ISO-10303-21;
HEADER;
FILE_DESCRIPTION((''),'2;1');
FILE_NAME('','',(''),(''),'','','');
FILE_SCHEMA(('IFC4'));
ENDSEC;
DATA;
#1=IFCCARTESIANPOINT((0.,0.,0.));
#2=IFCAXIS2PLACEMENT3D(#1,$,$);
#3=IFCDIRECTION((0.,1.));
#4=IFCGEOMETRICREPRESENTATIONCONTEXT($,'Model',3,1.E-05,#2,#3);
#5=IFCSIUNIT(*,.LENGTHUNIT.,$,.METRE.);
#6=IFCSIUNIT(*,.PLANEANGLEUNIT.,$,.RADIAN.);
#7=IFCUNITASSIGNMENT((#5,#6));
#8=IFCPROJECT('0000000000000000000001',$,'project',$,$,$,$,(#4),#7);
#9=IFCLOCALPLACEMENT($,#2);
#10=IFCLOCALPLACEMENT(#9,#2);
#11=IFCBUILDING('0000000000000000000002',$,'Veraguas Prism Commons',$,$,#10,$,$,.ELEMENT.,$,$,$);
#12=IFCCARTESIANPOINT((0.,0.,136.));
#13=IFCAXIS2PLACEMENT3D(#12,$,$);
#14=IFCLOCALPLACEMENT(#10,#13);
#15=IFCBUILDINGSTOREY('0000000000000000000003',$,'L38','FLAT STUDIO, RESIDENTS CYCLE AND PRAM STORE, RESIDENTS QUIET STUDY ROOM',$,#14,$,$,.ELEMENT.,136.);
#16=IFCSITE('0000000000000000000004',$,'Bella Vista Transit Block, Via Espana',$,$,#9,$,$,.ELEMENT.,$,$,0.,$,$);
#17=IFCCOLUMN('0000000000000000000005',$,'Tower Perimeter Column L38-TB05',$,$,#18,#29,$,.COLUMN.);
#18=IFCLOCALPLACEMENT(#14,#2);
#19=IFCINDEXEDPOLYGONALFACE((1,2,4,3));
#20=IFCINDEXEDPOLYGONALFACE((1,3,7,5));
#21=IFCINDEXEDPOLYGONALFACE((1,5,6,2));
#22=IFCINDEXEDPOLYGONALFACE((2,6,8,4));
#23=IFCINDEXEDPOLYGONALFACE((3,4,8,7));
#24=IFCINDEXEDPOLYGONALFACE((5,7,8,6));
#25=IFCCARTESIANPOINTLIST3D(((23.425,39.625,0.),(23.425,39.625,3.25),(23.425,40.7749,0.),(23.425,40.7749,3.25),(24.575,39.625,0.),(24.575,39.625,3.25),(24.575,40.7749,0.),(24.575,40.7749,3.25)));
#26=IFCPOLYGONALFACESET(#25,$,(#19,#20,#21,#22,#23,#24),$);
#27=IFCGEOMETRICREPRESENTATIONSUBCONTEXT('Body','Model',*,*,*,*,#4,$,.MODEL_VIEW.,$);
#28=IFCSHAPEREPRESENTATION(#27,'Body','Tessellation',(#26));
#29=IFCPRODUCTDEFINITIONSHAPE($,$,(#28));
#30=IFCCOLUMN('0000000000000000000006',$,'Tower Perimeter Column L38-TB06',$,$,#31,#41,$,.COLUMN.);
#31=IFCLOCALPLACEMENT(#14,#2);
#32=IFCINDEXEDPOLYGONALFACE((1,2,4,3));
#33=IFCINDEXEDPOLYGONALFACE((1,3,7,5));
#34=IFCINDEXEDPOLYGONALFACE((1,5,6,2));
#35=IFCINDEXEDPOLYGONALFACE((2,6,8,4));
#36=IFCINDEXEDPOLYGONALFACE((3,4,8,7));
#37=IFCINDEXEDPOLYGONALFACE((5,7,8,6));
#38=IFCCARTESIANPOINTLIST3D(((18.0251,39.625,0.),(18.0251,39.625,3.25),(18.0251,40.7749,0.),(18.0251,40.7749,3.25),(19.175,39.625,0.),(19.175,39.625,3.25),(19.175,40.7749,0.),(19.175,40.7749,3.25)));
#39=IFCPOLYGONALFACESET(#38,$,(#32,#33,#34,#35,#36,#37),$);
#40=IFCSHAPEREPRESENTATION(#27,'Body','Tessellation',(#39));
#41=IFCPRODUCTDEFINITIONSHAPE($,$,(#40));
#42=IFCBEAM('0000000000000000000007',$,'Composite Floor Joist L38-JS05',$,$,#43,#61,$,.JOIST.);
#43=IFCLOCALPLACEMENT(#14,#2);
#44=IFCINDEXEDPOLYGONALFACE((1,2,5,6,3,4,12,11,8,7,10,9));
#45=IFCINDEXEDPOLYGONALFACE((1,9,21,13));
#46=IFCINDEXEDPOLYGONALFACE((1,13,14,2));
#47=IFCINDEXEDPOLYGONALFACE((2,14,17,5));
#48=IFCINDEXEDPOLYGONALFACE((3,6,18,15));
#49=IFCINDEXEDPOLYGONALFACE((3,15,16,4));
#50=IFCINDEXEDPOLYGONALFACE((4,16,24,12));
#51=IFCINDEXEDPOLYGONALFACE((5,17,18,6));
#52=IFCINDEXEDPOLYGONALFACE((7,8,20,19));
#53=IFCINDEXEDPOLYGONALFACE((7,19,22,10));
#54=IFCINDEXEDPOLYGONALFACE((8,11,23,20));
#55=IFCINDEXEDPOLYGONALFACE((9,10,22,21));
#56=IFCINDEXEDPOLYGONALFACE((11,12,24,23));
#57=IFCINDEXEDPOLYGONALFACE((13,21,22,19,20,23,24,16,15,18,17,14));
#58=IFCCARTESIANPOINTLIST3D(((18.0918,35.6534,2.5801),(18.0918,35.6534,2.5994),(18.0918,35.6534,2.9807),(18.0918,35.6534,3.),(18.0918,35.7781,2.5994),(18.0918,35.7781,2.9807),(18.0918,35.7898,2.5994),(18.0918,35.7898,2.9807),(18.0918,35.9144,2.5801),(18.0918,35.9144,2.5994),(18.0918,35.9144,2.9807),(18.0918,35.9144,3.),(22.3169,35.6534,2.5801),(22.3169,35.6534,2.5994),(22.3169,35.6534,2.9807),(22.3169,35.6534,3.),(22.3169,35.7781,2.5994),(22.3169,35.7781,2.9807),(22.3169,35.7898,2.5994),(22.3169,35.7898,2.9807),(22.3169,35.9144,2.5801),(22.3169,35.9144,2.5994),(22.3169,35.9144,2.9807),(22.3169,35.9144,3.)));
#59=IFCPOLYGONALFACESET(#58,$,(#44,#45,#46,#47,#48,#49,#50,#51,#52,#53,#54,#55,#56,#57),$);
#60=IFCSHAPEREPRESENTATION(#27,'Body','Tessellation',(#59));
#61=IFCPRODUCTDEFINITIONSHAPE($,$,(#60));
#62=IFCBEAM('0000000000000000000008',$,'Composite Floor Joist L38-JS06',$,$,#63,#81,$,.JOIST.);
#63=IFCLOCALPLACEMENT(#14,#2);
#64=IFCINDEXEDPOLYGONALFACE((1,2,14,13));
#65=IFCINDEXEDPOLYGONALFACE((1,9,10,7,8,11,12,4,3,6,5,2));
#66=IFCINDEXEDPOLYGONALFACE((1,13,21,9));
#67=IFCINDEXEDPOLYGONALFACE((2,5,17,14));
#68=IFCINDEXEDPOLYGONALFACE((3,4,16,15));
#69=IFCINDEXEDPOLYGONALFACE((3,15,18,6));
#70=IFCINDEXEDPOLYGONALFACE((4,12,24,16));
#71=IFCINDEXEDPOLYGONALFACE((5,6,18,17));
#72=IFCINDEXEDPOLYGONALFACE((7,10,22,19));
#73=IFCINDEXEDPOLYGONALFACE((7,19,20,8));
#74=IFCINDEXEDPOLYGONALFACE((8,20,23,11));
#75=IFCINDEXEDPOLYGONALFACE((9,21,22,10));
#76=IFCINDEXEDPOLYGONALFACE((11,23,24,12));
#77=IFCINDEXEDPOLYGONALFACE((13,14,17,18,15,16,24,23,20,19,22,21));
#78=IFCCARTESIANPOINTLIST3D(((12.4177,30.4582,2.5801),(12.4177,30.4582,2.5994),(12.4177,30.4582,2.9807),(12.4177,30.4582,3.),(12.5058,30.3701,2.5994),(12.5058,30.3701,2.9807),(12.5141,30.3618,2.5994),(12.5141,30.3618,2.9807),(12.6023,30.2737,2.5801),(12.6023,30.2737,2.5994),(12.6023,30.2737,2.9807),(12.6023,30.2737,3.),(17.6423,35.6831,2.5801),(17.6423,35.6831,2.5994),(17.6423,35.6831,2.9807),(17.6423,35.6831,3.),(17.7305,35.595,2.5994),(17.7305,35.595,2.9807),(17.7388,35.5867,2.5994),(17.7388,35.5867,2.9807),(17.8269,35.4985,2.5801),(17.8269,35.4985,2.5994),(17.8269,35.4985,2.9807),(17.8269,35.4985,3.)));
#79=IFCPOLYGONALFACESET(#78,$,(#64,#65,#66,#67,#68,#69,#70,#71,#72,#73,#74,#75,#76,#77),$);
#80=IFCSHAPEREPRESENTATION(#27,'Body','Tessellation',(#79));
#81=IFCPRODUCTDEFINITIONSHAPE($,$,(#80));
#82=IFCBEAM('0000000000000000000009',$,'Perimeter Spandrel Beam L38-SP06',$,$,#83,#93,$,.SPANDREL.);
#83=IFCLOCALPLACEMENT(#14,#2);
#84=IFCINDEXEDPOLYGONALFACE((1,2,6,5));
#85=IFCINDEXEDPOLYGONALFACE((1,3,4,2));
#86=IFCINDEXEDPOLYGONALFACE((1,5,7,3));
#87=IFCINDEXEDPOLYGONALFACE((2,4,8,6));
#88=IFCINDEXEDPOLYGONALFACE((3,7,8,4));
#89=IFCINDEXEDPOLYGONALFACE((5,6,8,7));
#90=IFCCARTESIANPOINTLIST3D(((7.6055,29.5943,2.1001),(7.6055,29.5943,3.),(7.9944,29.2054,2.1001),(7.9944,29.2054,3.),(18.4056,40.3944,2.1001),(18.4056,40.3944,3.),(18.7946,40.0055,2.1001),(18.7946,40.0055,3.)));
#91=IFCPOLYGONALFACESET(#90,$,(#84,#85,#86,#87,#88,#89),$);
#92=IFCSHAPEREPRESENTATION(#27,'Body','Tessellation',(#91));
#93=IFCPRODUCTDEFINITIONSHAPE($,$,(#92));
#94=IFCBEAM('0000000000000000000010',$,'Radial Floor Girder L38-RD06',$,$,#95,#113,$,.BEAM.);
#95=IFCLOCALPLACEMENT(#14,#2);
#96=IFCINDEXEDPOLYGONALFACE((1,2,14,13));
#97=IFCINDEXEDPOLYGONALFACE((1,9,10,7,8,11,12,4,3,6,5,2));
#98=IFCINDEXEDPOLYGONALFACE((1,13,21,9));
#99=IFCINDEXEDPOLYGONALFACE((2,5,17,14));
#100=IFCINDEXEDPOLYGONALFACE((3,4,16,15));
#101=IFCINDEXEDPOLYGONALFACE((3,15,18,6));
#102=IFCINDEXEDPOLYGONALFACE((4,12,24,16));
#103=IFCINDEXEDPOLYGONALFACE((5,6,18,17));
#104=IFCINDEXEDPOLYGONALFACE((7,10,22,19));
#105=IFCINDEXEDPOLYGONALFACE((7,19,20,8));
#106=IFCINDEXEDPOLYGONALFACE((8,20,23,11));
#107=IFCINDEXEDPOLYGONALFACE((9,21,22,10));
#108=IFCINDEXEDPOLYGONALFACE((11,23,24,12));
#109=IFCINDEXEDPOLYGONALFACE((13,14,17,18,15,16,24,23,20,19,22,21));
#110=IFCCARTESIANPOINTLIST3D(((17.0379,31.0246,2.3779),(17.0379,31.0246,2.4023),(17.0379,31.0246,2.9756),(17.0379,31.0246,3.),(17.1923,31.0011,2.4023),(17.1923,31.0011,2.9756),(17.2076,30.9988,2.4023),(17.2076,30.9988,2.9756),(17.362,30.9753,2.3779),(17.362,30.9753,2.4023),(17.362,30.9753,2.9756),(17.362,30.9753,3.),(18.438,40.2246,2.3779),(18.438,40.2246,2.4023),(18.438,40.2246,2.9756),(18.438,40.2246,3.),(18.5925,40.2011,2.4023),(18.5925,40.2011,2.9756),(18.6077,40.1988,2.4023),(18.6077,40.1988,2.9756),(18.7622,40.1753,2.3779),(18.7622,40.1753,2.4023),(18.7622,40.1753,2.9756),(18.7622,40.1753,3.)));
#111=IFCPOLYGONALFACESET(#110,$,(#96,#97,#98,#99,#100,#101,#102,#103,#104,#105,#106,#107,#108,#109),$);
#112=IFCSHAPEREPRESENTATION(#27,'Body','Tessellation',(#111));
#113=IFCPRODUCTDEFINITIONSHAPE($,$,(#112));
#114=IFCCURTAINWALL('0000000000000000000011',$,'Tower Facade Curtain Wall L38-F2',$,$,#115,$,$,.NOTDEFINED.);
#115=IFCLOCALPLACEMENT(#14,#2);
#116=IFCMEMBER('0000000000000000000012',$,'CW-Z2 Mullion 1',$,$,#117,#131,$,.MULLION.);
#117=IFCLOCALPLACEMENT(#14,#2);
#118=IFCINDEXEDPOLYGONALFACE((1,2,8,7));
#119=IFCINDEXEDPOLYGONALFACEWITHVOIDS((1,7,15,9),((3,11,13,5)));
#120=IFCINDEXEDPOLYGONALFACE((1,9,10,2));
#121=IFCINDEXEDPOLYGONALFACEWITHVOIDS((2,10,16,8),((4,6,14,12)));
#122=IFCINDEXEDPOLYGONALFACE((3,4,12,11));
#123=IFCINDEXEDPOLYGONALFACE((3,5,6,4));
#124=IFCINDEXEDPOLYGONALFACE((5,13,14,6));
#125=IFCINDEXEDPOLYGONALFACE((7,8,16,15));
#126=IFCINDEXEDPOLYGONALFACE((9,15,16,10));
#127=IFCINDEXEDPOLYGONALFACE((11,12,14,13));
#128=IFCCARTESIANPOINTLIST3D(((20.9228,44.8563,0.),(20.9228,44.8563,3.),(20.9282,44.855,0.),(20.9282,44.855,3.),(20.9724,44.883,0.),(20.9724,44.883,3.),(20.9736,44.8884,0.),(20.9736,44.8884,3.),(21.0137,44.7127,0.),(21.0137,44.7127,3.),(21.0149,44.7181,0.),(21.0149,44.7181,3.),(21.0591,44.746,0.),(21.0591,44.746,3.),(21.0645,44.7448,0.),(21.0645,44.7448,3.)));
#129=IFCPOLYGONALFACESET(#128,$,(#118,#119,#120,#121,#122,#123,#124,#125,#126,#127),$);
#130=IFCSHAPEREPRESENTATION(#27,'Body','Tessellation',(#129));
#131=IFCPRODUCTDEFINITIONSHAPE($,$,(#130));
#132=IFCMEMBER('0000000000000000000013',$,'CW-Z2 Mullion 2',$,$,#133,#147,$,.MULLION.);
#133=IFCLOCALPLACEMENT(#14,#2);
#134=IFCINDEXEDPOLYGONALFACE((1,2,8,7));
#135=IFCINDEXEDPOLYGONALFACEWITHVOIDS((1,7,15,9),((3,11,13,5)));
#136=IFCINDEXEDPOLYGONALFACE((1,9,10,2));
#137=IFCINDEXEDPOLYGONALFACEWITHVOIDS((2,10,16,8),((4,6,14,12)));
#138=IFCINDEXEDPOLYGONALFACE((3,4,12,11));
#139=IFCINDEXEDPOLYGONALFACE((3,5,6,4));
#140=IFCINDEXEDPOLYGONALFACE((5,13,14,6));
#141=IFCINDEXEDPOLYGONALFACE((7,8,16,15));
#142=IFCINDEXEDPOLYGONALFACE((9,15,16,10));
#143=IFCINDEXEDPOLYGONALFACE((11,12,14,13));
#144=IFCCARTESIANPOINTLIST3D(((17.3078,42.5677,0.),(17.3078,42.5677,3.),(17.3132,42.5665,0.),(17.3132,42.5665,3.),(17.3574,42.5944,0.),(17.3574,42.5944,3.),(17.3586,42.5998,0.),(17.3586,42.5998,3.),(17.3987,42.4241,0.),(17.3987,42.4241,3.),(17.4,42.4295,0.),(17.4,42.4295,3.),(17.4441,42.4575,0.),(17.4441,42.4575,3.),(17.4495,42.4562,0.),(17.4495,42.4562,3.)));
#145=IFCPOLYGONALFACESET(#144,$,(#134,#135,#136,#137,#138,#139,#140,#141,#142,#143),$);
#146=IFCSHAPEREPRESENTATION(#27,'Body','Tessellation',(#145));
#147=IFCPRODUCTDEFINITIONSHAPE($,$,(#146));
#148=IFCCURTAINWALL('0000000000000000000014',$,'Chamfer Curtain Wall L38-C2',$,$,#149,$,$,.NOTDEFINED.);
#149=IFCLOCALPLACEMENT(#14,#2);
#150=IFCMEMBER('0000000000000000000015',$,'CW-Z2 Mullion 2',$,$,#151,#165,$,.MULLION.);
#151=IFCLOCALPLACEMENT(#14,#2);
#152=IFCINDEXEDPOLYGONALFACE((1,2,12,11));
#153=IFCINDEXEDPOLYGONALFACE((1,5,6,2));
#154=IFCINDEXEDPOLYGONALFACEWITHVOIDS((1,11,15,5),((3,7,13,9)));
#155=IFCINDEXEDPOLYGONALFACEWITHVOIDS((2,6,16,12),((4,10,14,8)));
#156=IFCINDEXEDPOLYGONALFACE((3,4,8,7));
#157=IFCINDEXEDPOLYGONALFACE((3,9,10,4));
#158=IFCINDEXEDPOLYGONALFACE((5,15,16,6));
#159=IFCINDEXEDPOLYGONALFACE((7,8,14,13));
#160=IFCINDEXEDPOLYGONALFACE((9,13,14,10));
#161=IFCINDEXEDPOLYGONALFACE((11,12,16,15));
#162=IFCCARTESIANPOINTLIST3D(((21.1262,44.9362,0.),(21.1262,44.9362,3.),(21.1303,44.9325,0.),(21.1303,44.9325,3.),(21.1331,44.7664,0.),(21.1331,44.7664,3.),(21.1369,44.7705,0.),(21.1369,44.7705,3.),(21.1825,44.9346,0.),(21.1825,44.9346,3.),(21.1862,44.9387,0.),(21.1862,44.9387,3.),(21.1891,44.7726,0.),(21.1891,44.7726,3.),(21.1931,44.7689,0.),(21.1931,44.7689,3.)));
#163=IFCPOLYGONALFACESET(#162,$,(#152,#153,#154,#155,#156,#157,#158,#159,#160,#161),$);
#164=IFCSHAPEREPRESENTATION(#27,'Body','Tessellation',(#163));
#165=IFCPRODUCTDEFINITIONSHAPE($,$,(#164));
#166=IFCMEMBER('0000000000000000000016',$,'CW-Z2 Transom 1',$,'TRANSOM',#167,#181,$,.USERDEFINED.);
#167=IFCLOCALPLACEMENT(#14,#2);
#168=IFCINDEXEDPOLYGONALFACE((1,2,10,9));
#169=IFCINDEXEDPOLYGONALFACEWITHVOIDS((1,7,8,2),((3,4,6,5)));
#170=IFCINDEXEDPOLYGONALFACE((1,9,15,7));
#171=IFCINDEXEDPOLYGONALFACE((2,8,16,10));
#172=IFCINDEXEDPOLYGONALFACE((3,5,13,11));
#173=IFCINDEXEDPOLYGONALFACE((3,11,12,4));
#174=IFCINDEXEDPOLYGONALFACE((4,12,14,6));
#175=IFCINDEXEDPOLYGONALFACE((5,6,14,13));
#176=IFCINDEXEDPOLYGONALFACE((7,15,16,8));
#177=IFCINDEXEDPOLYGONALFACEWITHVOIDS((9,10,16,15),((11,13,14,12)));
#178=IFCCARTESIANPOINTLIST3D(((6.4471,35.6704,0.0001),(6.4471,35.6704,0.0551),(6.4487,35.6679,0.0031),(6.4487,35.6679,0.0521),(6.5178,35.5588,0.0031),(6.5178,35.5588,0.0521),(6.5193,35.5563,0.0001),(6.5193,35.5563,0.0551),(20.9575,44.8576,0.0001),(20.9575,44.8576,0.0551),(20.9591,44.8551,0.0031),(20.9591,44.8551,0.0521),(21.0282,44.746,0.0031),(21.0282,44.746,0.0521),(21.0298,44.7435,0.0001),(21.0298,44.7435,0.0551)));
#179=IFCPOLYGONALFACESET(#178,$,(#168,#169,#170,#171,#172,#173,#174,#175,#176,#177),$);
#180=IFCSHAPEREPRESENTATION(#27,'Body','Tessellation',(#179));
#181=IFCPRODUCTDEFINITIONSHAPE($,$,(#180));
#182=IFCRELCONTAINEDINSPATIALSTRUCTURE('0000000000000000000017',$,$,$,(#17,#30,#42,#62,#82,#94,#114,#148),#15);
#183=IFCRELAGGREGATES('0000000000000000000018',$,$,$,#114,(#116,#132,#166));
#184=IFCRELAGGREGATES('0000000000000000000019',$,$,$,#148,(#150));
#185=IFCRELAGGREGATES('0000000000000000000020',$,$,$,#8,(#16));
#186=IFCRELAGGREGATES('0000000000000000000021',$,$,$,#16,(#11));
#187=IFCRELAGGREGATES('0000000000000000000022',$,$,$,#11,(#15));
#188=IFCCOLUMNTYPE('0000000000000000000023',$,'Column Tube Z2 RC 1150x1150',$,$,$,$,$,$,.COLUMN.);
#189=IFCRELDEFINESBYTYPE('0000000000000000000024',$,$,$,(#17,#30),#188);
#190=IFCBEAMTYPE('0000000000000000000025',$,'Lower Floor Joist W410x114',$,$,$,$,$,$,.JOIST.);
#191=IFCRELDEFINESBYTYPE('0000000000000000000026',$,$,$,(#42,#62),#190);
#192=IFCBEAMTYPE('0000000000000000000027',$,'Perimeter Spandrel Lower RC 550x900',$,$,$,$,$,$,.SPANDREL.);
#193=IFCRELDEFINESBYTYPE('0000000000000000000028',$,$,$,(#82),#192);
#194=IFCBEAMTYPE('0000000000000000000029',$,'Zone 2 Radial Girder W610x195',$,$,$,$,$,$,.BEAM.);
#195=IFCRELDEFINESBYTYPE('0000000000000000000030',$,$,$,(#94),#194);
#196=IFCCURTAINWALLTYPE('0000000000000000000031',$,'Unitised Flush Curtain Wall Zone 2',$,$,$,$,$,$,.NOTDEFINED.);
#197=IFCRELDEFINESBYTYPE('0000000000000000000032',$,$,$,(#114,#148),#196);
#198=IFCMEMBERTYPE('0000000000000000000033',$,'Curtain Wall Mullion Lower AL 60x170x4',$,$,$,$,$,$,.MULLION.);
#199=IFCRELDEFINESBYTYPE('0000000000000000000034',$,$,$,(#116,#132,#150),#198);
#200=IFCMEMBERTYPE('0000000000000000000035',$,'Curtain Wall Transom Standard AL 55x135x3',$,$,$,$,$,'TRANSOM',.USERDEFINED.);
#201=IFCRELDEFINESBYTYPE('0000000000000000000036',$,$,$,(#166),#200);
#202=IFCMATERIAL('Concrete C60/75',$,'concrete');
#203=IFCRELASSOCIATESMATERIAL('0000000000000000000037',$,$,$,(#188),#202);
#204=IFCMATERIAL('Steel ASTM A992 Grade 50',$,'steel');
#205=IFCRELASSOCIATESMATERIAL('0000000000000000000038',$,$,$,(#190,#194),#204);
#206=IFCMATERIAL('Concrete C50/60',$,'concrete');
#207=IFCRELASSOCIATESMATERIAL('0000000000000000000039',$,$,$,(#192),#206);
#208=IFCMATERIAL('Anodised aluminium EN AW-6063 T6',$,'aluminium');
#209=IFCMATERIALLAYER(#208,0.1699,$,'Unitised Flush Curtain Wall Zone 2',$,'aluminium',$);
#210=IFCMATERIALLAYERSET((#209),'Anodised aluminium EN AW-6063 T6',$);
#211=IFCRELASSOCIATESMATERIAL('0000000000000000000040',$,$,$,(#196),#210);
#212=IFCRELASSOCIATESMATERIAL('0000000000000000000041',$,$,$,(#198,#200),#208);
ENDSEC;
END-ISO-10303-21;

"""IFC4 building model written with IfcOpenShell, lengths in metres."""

from ifc_helpers import new_model, si_unit, direction, frame, origin, origin_2d, place, context, subcontext, project, spatial, rectangle, hollow_rectangle, i_section, extrude, source, transform, mapped, material, layer, layer_set, material_profile, profile_set, type_object, element, aggregate, save


model = new_model("IFC4")

# Units and contexts
model_context = context("Model", 3, precision=1e-05, world=origin(), true_north=direction((0.0, 1.0)))
body_context = subcontext(model_context, "Body", "Model", "MODEL_VIEW")
ifc_project = project(units=[si_unit("LENGTHUNIT", "METRE"), si_unit("PLANEANGLEUNIT", "RADIAN")], contexts=[model_context])

# Site, building, storey
site_placement = place(None, origin())
site = spatial("IfcSite", under=ifc_project, at=site_placement, Name="Bella Vista Transit Block, Via Espana", CompositionType="ELEMENT", RefElevation=0.0)
building_placement = place(site_placement, origin())
building = spatial("IfcBuilding", under=site, at=building_placement, Name="Veraguas Prism Commons", CompositionType="ELEMENT")
storey_placement = place(building_placement, frame((0.0, 0.0, 136.0)))
storey = spatial("IfcBuildingStorey", under=building, at=storey_placement, Name="L38", Description="FLAT STUDIO, RESIDENTS CYCLE AND PRAM STORE, RESIDENTS QUIET STUDY ROOM", CompositionType="ELEMENT", Elevation=136.0)

# Columns
ifc_material_1 = material(Name="Concrete C60/75", Category="concrete")
ifc_material_profile_1 = material_profile(ifc_material_1, rectangle(XDim=1.1499, YDim=1.1499, at=origin_2d()), Name="RC1150X1150")
ifc_profile_set_1 = profile_set([ifc_material_profile_1], Name="Concrete C60/75")
column_type = type_object("IfcColumnType", Name="Column Tube Z2 RC 1150x1150", PredefinedType="COLUMN", material=ifc_profile_set_1)
for number, where, z_axis, x_axis, name in (
    (1, (24.0, 40.2, 0.0), (0.0, 0.0, 1.0), (1.0, 0.0, 0.0), "Tower Perimeter Column L38-TB05"),
    (2, (18.6001, 40.2, 0.0), (0.0, 0.0, 1.0), (1.0, 0.0, 0.0), "Tower Perimeter Column L38-TB06"),
):
    element("IfcColumn", number, at=place(storey_placement, frame(where, z_axis=z_axis, x_axis=x_axis)), inside=storey, type_object=column_type, Name=name, PredefinedType="COLUMN", context=body_context, shape_type="SweptSolid", body=[
        extrude(rectangle(XDim=1.1499, YDim=1.1499, at=origin_2d()), origin(), (0.0, 0.0, 1.0), 3.25),
    ])

# Beams
ifc_material_2 = material(Name="Steel ASTM A992 Grade 50", Category="steel")
ifc_material_profile_2 = material_profile(ifc_material_2, i_section(OverallWidth=0.261, OverallDepth=0.4199, WebThickness=0.0117, FlangeThickness=0.0193, at=origin_2d()), Name="W410X114")
ifc_profile_set_2 = profile_set([ifc_material_profile_2], Name="Steel ASTM A992 Grade 50")
beam_type_1 = type_object("IfcBeamType", Name="Lower Floor Joist W410x114", PredefinedType="JOIST", material=ifc_profile_set_2)
beam_1_placement = place(storey_placement, frame((22.3169, 35.7839, 2.79), z_axis=(-1.0, 0.0, 0.0), x_axis=(0.0, -1.0, 0.0)))
element("IfcBeam", 3, at=beam_1_placement, inside=storey, type_object=beam_type_1, Name="Composite Floor Joist L38-JS05", PredefinedType="JOIST", context=body_context, shape_type="SweptSolid", body=[
    extrude(i_section(OverallWidth=0.261, OverallDepth=0.4199, WebThickness=0.0117, FlangeThickness=0.0193, at=origin_2d()), origin(), (0.0, 0.0, 1.0), 4.2251),
])
beam_2_placement = place(storey_placement, frame((17.7346, 35.5908, 2.79), z_axis=(-0.70709, -0.707123, 0.0), x_axis=(0.707123, -0.70709, 0.0)))
element("IfcBeam", 4, at=beam_2_placement, inside=storey, type_object=beam_type_1, Name="Composite Floor Joist L38-JS06", PredefinedType="JOIST", context=body_context, shape_type="SweptSolid", body=[
    extrude(i_section(OverallWidth=0.261, OverallDepth=0.4199, WebThickness=0.0117, FlangeThickness=0.0193, at=origin_2d()), origin(), (0.0, 0.0, 1.0), 7.3889),
])
ifc_material_3 = material(Name="Concrete C50/60", Category="concrete")
ifc_material_profile_3 = material_profile(ifc_material_3, rectangle(XDim=0.55, YDim=0.8999, at=origin_2d()), Name="RC550X900")
ifc_profile_set_3 = profile_set([ifc_material_profile_3], Name="Concrete C50/60")
beam_type_2 = type_object("IfcBeamType", Name="Perimeter Spandrel Lower RC 550x900", PredefinedType="SPANDREL", material=ifc_profile_set_3)
beam_3_placement = place(storey_placement, frame((18.6001, 40.2, 2.55), z_axis=(-0.707107, -0.707107, 0.0), x_axis=(0.707107, -0.707107, 0.0)))
element("IfcBeam", 5, at=beam_3_placement, inside=storey, type_object=beam_type_2, Name="Perimeter Spandrel Beam L38-SP06", PredefinedType="SPANDREL", context=body_context, shape_type="SweptSolid", body=[
    extrude(rectangle(XDim=0.55, YDim=0.8999, at=origin_2d()), origin(), (0.0, 0.0, 1.0), 15.2737),
])
ifc_material_profile_4 = material_profile(ifc_material_2, i_section(OverallWidth=0.3279, OverallDepth=0.6221, WebThickness=0.0154, FlangeThickness=0.0244, at=origin_2d()), Name="W610X195")
ifc_profile_set_4 = profile_set([ifc_material_profile_4], Name="Steel ASTM A992 Grade 50")
beam_type_3 = type_object("IfcBeamType", Name="Zone 2 Radial Girder W610x195", PredefinedType="BEAM", material=ifc_profile_set_4)
beam_4_placement = place(storey_placement, frame((18.6001, 40.2, 2.689), z_axis=(-0.150458, -0.988616, 0.0), x_axis=(0.988616, -0.150458, 0.0)))
element("IfcBeam", 6, at=beam_4_placement, inside=storey, type_object=beam_type_3, Name="Radial Floor Girder L38-RD06", PredefinedType="BEAM", context=body_context, shape_type="SweptSolid", body=[
    extrude(i_section(OverallWidth=0.3279, OverallDepth=0.6221, WebThickness=0.0154, FlangeThickness=0.0244, at=origin_2d()), origin(), (0.0, 0.0, 1.0), 9.3059),
])

# Curtain wall, members
ifc_material_4 = material(Name="Anodised aluminium EN AW-6063 T6", Category="aluminium")
ifc_layer_1 = layer(ifc_material_4, 0.1699, Name="Unitised Flush Curtain Wall Zone 2", Category="aluminium")
ifc_layer_set_1 = layer_set([ifc_layer_1], Name="Anodised aluminium EN AW-6063 T6")
curtain_wall_type = type_object("IfcCurtainWallType", Name="Unitised Flush Curtain Wall Zone 2", PredefinedType="NOTDEFINED", material=ifc_layer_set_1)
curtain_wall_1_placement = place(storey_placement, origin())
curtain_wall_1 = element("IfcCurtainWall", 7, at=curtain_wall_1_placement, inside=storey, type_object=curtain_wall_type, Name="Tower Facade Curtain Wall L38-F2", PredefinedType="NOTDEFINED")
ifc_material_profile_5 = material_profile(ifc_material_4, hollow_rectangle(XDim=0.0601, YDim=0.1699, WallThickness=0.0039, at=origin_2d()), Name="AL60X170X4")
ifc_profile_set_5 = profile_set([ifc_material_profile_5], Name="Anodised aluminium EN AW-6063 T6")
member_type_1 = type_object("IfcMemberType", Name="Curtain Wall Mullion Lower AL 60x170x4", PredefinedType="MULLION", material=ifc_profile_set_5)
shared_shape_1 = source(origin(), body_context, "Body", "SweptSolid", [
    extrude(hollow_rectangle(XDim=0.0601, YDim=0.1699, WallThickness=0.0039, at=origin_2d()), origin(), (0.0, 0.0, 1.0), 3.0),
])
member_1_placement = place(storey_placement, frame((20.9937, 44.8005, 0.0), z_axis=(0.0, 0.0, 1.0), x_axis=(-0.844888, -0.534944, 0.0)))
member_1 = element("IfcMember", 8, at=member_1_placement, type_object=member_type_1, Name="CW-Z2 Mullion 1", PredefinedType="MULLION", context=body_context, shape_type="MappedRepresentation", body=[
    mapped(shared_shape_1, transform((0.0, 0.0, 0.0), scale=1.0)),
])
member_2_placement = place(storey_placement, frame((17.3787, 42.512, 0.0), z_axis=(0.0, 0.0, 1.0), x_axis=(-0.844888, -0.534944, 0.0)))
member_2 = element("IfcMember", 9, at=member_2_placement, type_object=member_type_1, Name="CW-Z2 Mullion 2", PredefinedType="MULLION", context=body_context, shape_type="MappedRepresentation", body=[
    mapped(shared_shape_1, transform((0.0, 0.0, 0.0), scale=1.0)),
])

# Curtain wall, member
curtain_wall_2_placement = place(storey_placement, origin())
curtain_wall_2 = element("IfcCurtainWall", 10, at=curtain_wall_2_placement, inside=storey, type_object=curtain_wall_type, Name="Chamfer Curtain Wall L38-C2", PredefinedType="NOTDEFINED")
member_3_placement = place(storey_placement, frame((21.1597, 44.8525, 0.0), z_axis=(0.0, 0.0, 1.0), x_axis=(-0.999167, -0.04081, 0.0)))
member_3 = element("IfcMember", 11, at=member_3_placement, type_object=member_type_1, Name="CW-Z2 Mullion 2", PredefinedType="MULLION", context=body_context, shape_type="MappedRepresentation", body=[
    mapped(shared_shape_1, transform((0.0, 0.0, 0.0), scale=1.0)),
])

# Member
ifc_material_profile_6 = material_profile(ifc_material_4, hollow_rectangle(XDim=0.0549, YDim=0.135, WallThickness=0.0029, at=origin_2d()), Name="AL55X135X3")
ifc_profile_set_6 = profile_set([ifc_material_profile_6], Name="Anodised aluminium EN AW-6063 T6")
member_type_2 = type_object("IfcMemberType", Name="Curtain Wall Transom Standard AL 55x135x3", ElementType="TRANSOM", PredefinedType="USERDEFINED", material=ifc_profile_set_6)
shared_shape_2 = source(origin(), body_context, "Body", "SweptSolid", [
    extrude(hollow_rectangle(XDim=0.0549, YDim=0.135, WallThickness=0.0029, at=origin_2d()), origin(), (0.0, 0.0, 1.0), 17.1743),
])
member_4_placement = place(storey_placement, frame((20.9937, 44.8005, 0.0276), z_axis=(-0.844891, -0.534939, 0.0), x_axis=(0.0, 0.0, 1.0)))
member_4 = element("IfcMember", 12, at=member_4_placement, type_object=member_type_2, Name="CW-Z2 Transom 1", ObjectType="TRANSOM", PredefinedType="USERDEFINED", context=body_context, shape_type="MappedRepresentation", body=[
    mapped(shared_shape_2, transform((0.0, 0.0, 0.0), scale=1.0)),
])

aggregate(curtain_wall_1, [member_1, member_2, member_4])
aggregate(curtain_wall_2, [member_3])

save(model, "model.ifc")
